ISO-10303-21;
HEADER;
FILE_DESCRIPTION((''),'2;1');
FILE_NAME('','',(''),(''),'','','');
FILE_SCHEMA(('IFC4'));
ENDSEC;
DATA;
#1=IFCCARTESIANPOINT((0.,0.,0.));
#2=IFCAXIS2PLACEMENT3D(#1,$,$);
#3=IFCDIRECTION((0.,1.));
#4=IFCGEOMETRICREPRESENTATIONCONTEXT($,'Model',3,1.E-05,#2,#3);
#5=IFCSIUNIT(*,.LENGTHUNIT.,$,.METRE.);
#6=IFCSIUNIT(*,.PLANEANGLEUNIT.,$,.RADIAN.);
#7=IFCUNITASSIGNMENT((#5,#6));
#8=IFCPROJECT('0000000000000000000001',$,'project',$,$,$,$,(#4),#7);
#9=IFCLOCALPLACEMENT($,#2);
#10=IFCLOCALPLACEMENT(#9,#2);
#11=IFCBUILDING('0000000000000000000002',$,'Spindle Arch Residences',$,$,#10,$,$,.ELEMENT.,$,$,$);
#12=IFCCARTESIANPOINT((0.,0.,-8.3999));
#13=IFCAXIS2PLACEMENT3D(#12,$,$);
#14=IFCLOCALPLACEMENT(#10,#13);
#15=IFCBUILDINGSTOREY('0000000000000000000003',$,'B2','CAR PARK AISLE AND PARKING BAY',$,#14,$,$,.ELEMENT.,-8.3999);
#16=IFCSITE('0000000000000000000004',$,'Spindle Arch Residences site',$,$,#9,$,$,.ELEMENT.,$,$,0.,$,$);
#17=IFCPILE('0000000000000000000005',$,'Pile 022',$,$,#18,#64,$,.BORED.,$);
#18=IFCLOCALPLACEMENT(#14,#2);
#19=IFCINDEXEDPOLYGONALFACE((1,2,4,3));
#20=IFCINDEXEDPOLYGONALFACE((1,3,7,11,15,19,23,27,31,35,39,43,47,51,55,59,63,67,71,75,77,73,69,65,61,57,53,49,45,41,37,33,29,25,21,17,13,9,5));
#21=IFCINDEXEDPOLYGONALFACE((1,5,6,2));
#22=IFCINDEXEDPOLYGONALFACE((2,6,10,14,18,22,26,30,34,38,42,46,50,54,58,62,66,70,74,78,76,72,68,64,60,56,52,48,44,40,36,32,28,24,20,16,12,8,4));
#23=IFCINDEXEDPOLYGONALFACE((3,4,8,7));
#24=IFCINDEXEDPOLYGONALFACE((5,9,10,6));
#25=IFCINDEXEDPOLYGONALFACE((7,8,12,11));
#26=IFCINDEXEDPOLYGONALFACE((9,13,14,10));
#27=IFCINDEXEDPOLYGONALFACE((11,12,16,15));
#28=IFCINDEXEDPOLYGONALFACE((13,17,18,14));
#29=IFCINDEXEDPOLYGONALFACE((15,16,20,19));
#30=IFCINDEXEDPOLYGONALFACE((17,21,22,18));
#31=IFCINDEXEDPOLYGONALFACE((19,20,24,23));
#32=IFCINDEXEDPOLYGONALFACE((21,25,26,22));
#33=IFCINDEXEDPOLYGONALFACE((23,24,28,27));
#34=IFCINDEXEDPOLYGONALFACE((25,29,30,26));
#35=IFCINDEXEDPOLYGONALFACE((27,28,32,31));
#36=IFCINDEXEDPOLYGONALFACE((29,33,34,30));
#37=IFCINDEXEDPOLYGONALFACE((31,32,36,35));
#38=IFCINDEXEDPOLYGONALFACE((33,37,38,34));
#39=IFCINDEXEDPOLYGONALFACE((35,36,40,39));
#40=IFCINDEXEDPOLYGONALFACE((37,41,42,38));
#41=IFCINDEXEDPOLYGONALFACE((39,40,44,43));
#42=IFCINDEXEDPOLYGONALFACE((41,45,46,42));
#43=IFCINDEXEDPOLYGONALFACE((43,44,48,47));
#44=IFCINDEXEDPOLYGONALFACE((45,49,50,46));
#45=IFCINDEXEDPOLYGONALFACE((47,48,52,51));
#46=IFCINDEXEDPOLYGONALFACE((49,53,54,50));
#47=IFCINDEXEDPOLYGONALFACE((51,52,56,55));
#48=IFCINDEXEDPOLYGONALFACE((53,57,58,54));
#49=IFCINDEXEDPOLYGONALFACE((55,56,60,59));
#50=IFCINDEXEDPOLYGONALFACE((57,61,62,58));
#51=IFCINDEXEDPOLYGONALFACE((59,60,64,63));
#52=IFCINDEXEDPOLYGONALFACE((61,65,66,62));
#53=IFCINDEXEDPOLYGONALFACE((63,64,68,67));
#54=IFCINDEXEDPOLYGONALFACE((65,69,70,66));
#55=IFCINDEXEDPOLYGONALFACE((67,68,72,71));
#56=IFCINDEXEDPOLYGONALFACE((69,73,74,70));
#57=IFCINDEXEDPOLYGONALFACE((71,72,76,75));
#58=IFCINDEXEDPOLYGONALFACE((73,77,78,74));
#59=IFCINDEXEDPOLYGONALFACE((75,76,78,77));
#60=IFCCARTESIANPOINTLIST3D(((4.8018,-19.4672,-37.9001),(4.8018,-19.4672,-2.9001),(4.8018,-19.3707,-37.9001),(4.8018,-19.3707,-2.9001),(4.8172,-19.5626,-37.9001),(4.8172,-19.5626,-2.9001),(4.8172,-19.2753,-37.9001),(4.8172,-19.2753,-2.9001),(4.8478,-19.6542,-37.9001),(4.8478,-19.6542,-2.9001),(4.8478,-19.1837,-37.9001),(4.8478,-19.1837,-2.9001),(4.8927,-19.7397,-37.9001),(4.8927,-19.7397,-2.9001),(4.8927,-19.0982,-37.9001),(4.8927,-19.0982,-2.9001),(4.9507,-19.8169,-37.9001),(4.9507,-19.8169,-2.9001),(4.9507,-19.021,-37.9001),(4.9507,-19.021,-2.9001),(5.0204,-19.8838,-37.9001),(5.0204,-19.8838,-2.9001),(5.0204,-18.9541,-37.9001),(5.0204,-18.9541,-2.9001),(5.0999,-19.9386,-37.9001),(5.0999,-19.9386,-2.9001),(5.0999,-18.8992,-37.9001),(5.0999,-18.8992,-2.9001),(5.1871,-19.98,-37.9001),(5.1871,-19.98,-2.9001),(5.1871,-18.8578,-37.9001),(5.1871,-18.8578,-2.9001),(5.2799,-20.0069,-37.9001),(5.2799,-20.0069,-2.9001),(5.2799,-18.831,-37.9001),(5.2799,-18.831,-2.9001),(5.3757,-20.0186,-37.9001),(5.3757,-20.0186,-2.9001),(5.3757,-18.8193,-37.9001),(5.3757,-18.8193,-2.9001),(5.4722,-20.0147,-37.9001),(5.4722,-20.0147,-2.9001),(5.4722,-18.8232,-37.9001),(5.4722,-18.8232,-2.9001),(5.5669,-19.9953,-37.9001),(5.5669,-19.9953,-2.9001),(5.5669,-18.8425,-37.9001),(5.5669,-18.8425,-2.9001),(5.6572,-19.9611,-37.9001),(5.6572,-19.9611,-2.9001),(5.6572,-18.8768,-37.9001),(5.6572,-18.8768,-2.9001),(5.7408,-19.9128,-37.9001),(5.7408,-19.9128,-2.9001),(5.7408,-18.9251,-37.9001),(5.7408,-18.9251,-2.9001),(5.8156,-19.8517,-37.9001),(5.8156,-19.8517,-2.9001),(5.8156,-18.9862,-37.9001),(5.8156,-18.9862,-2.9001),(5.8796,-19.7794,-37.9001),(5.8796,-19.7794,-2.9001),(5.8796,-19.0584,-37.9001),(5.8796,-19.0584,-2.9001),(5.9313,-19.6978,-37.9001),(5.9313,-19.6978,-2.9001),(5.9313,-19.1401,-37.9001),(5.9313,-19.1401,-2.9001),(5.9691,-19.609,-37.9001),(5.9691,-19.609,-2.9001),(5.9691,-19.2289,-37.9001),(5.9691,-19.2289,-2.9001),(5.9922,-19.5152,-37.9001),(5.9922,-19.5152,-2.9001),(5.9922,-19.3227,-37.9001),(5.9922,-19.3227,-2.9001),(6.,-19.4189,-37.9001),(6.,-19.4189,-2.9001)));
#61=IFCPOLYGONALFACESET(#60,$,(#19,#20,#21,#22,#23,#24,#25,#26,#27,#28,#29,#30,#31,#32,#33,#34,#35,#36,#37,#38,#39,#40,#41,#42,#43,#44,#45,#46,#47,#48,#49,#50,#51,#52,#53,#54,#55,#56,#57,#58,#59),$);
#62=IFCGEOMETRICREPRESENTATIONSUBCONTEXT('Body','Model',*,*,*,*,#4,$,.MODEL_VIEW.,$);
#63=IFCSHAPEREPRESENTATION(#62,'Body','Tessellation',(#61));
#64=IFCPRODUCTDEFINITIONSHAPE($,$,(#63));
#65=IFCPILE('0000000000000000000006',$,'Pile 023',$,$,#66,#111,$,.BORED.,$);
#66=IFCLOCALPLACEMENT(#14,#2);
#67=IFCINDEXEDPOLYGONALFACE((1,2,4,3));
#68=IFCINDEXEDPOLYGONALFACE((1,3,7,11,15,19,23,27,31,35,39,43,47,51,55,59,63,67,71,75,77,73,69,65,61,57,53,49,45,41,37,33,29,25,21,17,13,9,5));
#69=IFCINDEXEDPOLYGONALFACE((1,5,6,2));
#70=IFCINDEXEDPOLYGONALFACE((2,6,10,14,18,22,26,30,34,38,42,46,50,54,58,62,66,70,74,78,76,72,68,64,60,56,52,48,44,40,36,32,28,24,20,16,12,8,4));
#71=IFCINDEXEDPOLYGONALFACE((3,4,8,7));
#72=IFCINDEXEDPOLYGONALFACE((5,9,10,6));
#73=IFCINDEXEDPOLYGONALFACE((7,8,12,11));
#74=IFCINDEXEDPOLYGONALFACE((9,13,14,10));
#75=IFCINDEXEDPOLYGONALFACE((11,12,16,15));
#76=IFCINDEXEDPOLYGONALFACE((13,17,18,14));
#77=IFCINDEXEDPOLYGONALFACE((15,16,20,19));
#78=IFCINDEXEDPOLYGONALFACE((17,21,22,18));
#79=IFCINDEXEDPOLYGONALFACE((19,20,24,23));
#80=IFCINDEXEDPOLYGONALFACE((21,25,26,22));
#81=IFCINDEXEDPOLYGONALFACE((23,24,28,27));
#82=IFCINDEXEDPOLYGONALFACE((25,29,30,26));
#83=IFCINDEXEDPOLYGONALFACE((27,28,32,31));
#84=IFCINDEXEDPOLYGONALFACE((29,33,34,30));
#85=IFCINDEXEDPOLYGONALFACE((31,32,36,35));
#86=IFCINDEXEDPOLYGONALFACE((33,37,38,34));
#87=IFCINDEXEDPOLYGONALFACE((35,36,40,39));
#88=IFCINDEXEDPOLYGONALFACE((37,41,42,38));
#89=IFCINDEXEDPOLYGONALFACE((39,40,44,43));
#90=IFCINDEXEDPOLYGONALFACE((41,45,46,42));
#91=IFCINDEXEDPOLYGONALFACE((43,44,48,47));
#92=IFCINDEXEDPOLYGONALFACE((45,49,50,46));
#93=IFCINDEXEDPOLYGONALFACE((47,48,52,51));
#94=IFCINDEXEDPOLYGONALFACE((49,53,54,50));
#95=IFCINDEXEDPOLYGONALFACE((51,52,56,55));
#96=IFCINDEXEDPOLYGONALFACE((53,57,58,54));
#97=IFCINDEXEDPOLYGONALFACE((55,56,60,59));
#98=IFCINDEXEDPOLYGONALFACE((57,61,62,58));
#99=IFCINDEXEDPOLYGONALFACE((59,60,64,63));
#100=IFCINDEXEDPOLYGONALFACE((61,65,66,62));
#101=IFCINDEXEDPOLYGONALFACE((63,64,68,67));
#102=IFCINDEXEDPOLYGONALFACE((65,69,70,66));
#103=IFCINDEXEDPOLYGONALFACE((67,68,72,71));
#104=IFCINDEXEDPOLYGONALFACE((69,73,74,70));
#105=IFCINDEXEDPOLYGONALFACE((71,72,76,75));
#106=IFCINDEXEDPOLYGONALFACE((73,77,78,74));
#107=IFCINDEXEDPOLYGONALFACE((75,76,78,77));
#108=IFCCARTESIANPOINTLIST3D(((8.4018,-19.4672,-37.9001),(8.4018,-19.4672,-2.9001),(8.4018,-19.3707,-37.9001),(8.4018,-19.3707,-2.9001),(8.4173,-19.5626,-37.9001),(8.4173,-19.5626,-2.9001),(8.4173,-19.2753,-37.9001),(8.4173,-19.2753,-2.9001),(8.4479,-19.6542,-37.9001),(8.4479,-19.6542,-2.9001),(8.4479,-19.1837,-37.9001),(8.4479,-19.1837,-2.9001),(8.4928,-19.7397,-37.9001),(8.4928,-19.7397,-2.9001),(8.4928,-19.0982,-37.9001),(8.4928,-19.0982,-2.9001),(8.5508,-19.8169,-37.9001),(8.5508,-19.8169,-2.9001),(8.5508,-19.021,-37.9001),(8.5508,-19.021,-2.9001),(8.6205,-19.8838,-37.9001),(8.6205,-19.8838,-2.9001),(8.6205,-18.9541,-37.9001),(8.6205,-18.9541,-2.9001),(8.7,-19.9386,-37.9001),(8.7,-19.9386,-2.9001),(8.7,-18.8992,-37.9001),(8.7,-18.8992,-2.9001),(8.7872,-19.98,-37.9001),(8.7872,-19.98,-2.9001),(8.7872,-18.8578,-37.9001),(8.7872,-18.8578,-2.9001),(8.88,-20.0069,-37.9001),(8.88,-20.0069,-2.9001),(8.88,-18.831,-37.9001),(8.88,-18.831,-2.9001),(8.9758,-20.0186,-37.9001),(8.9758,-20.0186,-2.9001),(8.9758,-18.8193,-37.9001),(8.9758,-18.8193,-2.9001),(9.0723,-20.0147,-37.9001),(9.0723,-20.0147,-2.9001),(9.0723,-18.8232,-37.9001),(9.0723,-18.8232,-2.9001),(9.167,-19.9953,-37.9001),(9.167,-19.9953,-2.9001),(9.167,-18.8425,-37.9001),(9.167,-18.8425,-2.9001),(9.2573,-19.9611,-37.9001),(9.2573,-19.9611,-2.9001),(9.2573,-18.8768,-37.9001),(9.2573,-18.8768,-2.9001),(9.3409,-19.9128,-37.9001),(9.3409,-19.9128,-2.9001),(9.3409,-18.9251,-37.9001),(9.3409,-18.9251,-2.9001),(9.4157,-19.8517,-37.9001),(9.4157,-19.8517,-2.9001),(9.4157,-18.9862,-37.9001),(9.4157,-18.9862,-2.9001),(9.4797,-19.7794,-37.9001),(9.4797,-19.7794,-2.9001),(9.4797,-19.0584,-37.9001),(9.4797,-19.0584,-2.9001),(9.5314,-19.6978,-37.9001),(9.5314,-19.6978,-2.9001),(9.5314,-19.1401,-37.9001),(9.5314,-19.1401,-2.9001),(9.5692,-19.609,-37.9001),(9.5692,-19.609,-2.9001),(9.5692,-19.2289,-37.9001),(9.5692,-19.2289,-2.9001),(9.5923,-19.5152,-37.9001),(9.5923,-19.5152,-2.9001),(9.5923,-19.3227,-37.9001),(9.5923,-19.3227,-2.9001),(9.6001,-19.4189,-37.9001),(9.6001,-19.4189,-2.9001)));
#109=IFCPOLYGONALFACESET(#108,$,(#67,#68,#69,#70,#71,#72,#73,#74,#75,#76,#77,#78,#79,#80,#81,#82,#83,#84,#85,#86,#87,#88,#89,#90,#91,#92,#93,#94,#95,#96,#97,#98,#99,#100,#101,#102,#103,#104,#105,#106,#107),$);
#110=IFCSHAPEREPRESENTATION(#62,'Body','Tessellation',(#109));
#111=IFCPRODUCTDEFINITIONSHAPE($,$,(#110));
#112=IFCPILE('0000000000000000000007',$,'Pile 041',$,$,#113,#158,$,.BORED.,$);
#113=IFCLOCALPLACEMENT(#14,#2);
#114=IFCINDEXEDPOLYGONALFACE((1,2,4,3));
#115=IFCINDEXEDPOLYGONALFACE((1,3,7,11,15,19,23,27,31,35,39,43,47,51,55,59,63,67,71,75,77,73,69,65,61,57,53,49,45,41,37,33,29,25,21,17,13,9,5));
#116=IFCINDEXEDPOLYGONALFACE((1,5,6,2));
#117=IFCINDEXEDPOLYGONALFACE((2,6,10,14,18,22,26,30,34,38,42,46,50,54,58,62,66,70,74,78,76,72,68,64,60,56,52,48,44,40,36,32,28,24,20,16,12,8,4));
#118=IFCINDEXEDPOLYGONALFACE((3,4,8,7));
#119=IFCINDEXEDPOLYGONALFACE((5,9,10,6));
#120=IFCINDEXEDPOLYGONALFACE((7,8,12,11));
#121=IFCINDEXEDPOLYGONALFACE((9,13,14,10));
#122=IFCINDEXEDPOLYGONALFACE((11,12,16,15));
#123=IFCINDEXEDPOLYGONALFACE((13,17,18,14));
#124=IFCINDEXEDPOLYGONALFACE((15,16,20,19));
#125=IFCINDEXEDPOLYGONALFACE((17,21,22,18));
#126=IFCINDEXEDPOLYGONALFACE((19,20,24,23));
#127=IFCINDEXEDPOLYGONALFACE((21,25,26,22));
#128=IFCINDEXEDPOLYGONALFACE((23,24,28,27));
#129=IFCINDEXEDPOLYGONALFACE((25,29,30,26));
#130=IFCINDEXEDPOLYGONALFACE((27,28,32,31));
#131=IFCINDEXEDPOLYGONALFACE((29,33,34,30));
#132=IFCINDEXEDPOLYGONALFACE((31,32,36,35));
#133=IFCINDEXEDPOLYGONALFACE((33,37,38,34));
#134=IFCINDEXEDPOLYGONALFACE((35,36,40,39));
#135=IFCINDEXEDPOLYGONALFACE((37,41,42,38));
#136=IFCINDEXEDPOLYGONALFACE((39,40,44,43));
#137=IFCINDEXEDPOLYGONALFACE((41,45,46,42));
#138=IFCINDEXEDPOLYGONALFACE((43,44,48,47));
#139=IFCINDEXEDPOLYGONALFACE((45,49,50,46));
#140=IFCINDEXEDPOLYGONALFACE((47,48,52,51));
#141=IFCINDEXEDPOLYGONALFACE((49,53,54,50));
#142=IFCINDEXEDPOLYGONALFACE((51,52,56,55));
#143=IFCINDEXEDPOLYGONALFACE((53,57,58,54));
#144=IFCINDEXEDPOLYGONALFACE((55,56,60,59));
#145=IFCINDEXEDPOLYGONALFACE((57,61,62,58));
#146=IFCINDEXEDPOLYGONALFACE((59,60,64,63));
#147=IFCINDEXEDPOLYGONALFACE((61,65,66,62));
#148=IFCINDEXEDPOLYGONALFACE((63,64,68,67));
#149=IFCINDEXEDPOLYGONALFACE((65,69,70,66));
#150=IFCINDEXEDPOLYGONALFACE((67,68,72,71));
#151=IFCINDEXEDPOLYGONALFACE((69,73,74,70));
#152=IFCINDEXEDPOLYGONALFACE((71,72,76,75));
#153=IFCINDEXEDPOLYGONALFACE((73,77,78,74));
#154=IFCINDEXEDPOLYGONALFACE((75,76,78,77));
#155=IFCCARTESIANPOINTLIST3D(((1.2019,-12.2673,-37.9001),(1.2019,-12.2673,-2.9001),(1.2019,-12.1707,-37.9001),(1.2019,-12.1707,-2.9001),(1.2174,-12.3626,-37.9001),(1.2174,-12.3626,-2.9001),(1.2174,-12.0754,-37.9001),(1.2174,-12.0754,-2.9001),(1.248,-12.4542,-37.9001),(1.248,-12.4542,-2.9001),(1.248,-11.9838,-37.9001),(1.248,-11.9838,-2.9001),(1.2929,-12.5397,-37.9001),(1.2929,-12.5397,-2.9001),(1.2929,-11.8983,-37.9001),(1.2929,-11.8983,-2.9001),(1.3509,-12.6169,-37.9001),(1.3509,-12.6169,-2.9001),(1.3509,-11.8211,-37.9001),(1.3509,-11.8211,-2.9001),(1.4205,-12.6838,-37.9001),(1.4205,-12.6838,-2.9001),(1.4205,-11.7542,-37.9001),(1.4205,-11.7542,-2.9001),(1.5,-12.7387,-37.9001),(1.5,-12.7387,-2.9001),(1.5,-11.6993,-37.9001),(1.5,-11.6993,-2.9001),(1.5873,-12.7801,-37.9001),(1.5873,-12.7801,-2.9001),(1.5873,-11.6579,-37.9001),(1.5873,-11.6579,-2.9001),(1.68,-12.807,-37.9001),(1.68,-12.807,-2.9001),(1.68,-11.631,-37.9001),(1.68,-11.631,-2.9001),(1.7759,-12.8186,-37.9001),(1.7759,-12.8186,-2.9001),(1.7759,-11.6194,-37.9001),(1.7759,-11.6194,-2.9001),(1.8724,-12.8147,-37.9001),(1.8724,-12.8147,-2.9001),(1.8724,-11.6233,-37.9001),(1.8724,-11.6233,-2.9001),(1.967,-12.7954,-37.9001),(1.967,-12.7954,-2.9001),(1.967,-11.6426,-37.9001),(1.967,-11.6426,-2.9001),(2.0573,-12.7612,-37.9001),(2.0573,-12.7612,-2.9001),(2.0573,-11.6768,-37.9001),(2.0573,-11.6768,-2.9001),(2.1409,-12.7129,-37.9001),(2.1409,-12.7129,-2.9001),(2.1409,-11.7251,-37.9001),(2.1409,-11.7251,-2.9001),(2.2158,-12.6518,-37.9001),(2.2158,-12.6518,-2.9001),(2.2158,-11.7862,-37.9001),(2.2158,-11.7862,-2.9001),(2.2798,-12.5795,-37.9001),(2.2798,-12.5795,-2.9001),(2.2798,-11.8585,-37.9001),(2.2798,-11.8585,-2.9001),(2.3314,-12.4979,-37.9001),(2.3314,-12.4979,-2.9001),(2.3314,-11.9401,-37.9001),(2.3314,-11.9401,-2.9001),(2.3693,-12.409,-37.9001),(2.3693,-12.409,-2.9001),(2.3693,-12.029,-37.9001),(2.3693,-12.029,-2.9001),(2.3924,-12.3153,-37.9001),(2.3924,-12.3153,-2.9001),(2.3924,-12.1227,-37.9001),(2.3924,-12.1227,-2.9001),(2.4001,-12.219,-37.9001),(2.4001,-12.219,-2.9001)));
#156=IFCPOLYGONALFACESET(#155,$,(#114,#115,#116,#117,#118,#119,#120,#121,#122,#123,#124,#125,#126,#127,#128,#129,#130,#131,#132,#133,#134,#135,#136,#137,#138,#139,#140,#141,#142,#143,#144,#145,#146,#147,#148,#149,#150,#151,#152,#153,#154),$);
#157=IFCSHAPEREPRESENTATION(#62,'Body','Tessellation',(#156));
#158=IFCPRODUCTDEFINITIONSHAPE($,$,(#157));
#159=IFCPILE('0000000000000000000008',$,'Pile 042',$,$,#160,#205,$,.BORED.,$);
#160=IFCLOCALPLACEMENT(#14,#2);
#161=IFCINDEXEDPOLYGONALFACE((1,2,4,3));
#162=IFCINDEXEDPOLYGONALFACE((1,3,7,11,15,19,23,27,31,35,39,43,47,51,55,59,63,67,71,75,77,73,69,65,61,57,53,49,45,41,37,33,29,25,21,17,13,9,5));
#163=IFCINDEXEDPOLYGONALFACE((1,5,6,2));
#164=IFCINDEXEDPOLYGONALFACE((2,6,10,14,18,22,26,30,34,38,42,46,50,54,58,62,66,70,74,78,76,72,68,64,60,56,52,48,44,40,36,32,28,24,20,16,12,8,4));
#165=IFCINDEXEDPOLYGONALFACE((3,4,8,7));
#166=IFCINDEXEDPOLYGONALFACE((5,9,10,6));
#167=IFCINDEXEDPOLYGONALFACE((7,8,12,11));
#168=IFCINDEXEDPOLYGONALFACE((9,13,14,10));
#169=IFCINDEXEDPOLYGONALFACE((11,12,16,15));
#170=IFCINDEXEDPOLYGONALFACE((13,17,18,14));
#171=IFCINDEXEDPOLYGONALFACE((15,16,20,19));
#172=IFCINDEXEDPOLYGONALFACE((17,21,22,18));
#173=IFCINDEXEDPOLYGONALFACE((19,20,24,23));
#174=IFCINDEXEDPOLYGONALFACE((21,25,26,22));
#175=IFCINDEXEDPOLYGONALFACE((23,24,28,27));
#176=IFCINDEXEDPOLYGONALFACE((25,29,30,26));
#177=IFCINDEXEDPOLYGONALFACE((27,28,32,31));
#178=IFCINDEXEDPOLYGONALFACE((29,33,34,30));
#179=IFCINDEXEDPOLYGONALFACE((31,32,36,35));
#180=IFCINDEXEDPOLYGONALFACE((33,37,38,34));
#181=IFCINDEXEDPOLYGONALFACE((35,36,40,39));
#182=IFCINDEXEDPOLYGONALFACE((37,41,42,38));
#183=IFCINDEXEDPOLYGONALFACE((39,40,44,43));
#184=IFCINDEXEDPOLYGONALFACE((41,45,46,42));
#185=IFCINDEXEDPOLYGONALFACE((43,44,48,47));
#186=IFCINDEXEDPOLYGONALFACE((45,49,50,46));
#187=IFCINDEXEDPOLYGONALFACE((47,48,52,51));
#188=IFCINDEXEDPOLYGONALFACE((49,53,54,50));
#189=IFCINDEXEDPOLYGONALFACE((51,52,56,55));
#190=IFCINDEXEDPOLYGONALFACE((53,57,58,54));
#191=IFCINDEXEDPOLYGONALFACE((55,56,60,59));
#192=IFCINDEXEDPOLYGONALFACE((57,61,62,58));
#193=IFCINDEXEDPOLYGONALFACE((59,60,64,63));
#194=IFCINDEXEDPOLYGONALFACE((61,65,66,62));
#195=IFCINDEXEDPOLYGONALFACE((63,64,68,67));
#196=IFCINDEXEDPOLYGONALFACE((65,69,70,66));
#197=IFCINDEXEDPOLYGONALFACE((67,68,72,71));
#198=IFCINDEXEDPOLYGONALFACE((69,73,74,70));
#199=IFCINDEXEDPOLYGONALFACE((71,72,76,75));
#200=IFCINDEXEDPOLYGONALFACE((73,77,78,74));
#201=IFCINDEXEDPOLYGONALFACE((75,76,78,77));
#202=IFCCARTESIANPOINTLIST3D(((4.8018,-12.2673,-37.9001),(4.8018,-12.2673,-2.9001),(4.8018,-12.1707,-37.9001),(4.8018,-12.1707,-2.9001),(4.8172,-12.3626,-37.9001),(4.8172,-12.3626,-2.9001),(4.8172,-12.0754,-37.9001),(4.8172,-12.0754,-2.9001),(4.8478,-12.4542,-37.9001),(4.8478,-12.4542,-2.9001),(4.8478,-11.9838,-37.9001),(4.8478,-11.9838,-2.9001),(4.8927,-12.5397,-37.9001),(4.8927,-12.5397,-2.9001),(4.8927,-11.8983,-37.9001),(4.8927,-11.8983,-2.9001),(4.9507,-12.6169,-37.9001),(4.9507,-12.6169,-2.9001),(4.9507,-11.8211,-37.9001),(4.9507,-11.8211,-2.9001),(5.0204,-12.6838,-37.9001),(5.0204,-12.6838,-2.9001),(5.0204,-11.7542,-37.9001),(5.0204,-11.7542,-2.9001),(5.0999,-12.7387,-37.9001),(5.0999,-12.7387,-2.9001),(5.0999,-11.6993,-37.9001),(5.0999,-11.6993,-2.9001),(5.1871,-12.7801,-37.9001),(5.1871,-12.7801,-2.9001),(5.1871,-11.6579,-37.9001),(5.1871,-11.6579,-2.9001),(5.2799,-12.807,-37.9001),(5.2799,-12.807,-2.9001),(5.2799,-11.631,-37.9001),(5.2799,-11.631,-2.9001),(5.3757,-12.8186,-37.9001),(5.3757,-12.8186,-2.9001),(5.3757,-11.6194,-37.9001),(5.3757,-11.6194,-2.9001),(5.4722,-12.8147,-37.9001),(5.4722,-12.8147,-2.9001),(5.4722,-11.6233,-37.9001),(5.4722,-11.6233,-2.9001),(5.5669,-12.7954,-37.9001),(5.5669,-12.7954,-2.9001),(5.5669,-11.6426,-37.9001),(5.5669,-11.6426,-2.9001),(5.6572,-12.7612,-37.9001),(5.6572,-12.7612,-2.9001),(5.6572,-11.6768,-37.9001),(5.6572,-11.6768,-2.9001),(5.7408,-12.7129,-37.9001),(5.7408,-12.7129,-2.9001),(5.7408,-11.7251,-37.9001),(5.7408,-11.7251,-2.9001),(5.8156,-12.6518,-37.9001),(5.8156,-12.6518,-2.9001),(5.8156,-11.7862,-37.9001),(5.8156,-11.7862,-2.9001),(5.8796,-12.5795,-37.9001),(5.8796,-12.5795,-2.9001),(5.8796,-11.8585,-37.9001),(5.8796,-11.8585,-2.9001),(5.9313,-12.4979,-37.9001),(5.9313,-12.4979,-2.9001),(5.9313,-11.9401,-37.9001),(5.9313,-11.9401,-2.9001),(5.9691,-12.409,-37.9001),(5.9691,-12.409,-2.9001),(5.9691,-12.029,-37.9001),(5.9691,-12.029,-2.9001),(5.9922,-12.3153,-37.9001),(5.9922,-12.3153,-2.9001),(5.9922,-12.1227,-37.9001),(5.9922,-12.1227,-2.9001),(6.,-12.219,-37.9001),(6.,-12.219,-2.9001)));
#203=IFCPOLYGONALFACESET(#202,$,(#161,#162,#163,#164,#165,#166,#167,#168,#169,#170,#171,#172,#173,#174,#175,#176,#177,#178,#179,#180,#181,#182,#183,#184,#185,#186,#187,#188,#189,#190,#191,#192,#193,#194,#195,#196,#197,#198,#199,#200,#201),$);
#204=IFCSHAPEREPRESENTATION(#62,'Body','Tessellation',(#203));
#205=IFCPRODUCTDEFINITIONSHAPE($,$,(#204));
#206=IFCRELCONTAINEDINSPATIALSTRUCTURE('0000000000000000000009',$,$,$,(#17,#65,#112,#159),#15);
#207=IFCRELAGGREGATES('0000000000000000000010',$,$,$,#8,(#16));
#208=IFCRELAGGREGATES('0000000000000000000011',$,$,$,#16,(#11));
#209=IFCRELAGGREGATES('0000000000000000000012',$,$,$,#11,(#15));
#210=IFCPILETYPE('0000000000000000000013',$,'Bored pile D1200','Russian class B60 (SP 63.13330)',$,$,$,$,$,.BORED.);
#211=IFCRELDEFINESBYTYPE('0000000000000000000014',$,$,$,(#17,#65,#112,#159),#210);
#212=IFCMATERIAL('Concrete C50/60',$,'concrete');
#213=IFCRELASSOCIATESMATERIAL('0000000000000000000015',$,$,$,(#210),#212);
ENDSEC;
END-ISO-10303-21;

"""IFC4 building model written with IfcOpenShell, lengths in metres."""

from ifc_helpers import new_model, si_unit, direction, frame, origin, origin_2d, place, context, subcontext, project, spatial, circle, extrude, material, material_profile, profile_set, type_object, element, save


model = new_model("IFC4")

# Units and contexts
model_context = context("Model", 3, precision=1e-05, world=origin(), true_north=direction((0.0, 1.0)))
body_context = subcontext(model_context, "Body", "Model", "MODEL_VIEW")
ifc_project = project(units=[si_unit("LENGTHUNIT", "METRE"), si_unit("PLANEANGLEUNIT", "RADIAN")], contexts=[model_context])

# Site, building, storey
site_placement = place(None, origin())
site = spatial("IfcSite", under=ifc_project, at=site_placement, Name="Spindle Arch Residences site", CompositionType="ELEMENT", RefElevation=0.0)
building_placement = place(site_placement, origin())
building = spatial("IfcBuilding", under=site, at=building_placement, Name="Spindle Arch Residences", CompositionType="ELEMENT")
storey_placement = place(building_placement, frame((0.0, 0.0, -8.3999)))
storey = spatial("IfcBuildingStorey", under=building, at=storey_placement, Name="B2", Description="CAR PARK AISLE AND PARKING BAY", CompositionType="ELEMENT", Elevation=-8.3999)

# Piles
ifc_material_1 = material(Name="Concrete C50/60", Category="concrete")
ifc_material_profile = material_profile(ifc_material_1, circle(Radius=0.6001, at=origin_2d()), Name="BP D1200")
ifc_profile_set = profile_set([ifc_material_profile], Name="Concrete C50/60")
pile_type = type_object("IfcPileType", Name="Bored pile D1200", Description="Russian class B60 (SP 63.13330)", PredefinedType="BORED", material=ifc_profile_set)
for number, where, z_axis, x_axis, name in (
    (1, (5.3999, -19.4189, -2.9001), (0.0, 0.0, -1.0), (1.0, 0.0, 0.0), "Pile 022"),
    (2, (9.0, -19.4189, -2.9001), (0.0, 0.0, -1.0), (1.0, 0.0, 0.0), "Pile 023"),
    (3, (1.8, -12.219, -2.9001), (0.0, 0.0, -1.0), (1.0, 0.0, 0.0), "Pile 041"),
    (4, (5.3999, -12.219, -2.9001), (0.0, 0.0, -1.0), (1.0, 0.0, 0.0), "Pile 042"),
):
    element("IfcPile", number, at=place(storey_placement, frame(where, z_axis=z_axis, x_axis=x_axis)), inside=storey, type_object=pile_type, Name=name, PredefinedType="BORED", context=body_context, shape_type="SweptSolid", body=[
        extrude(circle(Radius=0.6001, at=origin_2d()), origin(), (0.0, 0.0, 1.0), 35.0),
    ])

save(model, "model.ifc")
